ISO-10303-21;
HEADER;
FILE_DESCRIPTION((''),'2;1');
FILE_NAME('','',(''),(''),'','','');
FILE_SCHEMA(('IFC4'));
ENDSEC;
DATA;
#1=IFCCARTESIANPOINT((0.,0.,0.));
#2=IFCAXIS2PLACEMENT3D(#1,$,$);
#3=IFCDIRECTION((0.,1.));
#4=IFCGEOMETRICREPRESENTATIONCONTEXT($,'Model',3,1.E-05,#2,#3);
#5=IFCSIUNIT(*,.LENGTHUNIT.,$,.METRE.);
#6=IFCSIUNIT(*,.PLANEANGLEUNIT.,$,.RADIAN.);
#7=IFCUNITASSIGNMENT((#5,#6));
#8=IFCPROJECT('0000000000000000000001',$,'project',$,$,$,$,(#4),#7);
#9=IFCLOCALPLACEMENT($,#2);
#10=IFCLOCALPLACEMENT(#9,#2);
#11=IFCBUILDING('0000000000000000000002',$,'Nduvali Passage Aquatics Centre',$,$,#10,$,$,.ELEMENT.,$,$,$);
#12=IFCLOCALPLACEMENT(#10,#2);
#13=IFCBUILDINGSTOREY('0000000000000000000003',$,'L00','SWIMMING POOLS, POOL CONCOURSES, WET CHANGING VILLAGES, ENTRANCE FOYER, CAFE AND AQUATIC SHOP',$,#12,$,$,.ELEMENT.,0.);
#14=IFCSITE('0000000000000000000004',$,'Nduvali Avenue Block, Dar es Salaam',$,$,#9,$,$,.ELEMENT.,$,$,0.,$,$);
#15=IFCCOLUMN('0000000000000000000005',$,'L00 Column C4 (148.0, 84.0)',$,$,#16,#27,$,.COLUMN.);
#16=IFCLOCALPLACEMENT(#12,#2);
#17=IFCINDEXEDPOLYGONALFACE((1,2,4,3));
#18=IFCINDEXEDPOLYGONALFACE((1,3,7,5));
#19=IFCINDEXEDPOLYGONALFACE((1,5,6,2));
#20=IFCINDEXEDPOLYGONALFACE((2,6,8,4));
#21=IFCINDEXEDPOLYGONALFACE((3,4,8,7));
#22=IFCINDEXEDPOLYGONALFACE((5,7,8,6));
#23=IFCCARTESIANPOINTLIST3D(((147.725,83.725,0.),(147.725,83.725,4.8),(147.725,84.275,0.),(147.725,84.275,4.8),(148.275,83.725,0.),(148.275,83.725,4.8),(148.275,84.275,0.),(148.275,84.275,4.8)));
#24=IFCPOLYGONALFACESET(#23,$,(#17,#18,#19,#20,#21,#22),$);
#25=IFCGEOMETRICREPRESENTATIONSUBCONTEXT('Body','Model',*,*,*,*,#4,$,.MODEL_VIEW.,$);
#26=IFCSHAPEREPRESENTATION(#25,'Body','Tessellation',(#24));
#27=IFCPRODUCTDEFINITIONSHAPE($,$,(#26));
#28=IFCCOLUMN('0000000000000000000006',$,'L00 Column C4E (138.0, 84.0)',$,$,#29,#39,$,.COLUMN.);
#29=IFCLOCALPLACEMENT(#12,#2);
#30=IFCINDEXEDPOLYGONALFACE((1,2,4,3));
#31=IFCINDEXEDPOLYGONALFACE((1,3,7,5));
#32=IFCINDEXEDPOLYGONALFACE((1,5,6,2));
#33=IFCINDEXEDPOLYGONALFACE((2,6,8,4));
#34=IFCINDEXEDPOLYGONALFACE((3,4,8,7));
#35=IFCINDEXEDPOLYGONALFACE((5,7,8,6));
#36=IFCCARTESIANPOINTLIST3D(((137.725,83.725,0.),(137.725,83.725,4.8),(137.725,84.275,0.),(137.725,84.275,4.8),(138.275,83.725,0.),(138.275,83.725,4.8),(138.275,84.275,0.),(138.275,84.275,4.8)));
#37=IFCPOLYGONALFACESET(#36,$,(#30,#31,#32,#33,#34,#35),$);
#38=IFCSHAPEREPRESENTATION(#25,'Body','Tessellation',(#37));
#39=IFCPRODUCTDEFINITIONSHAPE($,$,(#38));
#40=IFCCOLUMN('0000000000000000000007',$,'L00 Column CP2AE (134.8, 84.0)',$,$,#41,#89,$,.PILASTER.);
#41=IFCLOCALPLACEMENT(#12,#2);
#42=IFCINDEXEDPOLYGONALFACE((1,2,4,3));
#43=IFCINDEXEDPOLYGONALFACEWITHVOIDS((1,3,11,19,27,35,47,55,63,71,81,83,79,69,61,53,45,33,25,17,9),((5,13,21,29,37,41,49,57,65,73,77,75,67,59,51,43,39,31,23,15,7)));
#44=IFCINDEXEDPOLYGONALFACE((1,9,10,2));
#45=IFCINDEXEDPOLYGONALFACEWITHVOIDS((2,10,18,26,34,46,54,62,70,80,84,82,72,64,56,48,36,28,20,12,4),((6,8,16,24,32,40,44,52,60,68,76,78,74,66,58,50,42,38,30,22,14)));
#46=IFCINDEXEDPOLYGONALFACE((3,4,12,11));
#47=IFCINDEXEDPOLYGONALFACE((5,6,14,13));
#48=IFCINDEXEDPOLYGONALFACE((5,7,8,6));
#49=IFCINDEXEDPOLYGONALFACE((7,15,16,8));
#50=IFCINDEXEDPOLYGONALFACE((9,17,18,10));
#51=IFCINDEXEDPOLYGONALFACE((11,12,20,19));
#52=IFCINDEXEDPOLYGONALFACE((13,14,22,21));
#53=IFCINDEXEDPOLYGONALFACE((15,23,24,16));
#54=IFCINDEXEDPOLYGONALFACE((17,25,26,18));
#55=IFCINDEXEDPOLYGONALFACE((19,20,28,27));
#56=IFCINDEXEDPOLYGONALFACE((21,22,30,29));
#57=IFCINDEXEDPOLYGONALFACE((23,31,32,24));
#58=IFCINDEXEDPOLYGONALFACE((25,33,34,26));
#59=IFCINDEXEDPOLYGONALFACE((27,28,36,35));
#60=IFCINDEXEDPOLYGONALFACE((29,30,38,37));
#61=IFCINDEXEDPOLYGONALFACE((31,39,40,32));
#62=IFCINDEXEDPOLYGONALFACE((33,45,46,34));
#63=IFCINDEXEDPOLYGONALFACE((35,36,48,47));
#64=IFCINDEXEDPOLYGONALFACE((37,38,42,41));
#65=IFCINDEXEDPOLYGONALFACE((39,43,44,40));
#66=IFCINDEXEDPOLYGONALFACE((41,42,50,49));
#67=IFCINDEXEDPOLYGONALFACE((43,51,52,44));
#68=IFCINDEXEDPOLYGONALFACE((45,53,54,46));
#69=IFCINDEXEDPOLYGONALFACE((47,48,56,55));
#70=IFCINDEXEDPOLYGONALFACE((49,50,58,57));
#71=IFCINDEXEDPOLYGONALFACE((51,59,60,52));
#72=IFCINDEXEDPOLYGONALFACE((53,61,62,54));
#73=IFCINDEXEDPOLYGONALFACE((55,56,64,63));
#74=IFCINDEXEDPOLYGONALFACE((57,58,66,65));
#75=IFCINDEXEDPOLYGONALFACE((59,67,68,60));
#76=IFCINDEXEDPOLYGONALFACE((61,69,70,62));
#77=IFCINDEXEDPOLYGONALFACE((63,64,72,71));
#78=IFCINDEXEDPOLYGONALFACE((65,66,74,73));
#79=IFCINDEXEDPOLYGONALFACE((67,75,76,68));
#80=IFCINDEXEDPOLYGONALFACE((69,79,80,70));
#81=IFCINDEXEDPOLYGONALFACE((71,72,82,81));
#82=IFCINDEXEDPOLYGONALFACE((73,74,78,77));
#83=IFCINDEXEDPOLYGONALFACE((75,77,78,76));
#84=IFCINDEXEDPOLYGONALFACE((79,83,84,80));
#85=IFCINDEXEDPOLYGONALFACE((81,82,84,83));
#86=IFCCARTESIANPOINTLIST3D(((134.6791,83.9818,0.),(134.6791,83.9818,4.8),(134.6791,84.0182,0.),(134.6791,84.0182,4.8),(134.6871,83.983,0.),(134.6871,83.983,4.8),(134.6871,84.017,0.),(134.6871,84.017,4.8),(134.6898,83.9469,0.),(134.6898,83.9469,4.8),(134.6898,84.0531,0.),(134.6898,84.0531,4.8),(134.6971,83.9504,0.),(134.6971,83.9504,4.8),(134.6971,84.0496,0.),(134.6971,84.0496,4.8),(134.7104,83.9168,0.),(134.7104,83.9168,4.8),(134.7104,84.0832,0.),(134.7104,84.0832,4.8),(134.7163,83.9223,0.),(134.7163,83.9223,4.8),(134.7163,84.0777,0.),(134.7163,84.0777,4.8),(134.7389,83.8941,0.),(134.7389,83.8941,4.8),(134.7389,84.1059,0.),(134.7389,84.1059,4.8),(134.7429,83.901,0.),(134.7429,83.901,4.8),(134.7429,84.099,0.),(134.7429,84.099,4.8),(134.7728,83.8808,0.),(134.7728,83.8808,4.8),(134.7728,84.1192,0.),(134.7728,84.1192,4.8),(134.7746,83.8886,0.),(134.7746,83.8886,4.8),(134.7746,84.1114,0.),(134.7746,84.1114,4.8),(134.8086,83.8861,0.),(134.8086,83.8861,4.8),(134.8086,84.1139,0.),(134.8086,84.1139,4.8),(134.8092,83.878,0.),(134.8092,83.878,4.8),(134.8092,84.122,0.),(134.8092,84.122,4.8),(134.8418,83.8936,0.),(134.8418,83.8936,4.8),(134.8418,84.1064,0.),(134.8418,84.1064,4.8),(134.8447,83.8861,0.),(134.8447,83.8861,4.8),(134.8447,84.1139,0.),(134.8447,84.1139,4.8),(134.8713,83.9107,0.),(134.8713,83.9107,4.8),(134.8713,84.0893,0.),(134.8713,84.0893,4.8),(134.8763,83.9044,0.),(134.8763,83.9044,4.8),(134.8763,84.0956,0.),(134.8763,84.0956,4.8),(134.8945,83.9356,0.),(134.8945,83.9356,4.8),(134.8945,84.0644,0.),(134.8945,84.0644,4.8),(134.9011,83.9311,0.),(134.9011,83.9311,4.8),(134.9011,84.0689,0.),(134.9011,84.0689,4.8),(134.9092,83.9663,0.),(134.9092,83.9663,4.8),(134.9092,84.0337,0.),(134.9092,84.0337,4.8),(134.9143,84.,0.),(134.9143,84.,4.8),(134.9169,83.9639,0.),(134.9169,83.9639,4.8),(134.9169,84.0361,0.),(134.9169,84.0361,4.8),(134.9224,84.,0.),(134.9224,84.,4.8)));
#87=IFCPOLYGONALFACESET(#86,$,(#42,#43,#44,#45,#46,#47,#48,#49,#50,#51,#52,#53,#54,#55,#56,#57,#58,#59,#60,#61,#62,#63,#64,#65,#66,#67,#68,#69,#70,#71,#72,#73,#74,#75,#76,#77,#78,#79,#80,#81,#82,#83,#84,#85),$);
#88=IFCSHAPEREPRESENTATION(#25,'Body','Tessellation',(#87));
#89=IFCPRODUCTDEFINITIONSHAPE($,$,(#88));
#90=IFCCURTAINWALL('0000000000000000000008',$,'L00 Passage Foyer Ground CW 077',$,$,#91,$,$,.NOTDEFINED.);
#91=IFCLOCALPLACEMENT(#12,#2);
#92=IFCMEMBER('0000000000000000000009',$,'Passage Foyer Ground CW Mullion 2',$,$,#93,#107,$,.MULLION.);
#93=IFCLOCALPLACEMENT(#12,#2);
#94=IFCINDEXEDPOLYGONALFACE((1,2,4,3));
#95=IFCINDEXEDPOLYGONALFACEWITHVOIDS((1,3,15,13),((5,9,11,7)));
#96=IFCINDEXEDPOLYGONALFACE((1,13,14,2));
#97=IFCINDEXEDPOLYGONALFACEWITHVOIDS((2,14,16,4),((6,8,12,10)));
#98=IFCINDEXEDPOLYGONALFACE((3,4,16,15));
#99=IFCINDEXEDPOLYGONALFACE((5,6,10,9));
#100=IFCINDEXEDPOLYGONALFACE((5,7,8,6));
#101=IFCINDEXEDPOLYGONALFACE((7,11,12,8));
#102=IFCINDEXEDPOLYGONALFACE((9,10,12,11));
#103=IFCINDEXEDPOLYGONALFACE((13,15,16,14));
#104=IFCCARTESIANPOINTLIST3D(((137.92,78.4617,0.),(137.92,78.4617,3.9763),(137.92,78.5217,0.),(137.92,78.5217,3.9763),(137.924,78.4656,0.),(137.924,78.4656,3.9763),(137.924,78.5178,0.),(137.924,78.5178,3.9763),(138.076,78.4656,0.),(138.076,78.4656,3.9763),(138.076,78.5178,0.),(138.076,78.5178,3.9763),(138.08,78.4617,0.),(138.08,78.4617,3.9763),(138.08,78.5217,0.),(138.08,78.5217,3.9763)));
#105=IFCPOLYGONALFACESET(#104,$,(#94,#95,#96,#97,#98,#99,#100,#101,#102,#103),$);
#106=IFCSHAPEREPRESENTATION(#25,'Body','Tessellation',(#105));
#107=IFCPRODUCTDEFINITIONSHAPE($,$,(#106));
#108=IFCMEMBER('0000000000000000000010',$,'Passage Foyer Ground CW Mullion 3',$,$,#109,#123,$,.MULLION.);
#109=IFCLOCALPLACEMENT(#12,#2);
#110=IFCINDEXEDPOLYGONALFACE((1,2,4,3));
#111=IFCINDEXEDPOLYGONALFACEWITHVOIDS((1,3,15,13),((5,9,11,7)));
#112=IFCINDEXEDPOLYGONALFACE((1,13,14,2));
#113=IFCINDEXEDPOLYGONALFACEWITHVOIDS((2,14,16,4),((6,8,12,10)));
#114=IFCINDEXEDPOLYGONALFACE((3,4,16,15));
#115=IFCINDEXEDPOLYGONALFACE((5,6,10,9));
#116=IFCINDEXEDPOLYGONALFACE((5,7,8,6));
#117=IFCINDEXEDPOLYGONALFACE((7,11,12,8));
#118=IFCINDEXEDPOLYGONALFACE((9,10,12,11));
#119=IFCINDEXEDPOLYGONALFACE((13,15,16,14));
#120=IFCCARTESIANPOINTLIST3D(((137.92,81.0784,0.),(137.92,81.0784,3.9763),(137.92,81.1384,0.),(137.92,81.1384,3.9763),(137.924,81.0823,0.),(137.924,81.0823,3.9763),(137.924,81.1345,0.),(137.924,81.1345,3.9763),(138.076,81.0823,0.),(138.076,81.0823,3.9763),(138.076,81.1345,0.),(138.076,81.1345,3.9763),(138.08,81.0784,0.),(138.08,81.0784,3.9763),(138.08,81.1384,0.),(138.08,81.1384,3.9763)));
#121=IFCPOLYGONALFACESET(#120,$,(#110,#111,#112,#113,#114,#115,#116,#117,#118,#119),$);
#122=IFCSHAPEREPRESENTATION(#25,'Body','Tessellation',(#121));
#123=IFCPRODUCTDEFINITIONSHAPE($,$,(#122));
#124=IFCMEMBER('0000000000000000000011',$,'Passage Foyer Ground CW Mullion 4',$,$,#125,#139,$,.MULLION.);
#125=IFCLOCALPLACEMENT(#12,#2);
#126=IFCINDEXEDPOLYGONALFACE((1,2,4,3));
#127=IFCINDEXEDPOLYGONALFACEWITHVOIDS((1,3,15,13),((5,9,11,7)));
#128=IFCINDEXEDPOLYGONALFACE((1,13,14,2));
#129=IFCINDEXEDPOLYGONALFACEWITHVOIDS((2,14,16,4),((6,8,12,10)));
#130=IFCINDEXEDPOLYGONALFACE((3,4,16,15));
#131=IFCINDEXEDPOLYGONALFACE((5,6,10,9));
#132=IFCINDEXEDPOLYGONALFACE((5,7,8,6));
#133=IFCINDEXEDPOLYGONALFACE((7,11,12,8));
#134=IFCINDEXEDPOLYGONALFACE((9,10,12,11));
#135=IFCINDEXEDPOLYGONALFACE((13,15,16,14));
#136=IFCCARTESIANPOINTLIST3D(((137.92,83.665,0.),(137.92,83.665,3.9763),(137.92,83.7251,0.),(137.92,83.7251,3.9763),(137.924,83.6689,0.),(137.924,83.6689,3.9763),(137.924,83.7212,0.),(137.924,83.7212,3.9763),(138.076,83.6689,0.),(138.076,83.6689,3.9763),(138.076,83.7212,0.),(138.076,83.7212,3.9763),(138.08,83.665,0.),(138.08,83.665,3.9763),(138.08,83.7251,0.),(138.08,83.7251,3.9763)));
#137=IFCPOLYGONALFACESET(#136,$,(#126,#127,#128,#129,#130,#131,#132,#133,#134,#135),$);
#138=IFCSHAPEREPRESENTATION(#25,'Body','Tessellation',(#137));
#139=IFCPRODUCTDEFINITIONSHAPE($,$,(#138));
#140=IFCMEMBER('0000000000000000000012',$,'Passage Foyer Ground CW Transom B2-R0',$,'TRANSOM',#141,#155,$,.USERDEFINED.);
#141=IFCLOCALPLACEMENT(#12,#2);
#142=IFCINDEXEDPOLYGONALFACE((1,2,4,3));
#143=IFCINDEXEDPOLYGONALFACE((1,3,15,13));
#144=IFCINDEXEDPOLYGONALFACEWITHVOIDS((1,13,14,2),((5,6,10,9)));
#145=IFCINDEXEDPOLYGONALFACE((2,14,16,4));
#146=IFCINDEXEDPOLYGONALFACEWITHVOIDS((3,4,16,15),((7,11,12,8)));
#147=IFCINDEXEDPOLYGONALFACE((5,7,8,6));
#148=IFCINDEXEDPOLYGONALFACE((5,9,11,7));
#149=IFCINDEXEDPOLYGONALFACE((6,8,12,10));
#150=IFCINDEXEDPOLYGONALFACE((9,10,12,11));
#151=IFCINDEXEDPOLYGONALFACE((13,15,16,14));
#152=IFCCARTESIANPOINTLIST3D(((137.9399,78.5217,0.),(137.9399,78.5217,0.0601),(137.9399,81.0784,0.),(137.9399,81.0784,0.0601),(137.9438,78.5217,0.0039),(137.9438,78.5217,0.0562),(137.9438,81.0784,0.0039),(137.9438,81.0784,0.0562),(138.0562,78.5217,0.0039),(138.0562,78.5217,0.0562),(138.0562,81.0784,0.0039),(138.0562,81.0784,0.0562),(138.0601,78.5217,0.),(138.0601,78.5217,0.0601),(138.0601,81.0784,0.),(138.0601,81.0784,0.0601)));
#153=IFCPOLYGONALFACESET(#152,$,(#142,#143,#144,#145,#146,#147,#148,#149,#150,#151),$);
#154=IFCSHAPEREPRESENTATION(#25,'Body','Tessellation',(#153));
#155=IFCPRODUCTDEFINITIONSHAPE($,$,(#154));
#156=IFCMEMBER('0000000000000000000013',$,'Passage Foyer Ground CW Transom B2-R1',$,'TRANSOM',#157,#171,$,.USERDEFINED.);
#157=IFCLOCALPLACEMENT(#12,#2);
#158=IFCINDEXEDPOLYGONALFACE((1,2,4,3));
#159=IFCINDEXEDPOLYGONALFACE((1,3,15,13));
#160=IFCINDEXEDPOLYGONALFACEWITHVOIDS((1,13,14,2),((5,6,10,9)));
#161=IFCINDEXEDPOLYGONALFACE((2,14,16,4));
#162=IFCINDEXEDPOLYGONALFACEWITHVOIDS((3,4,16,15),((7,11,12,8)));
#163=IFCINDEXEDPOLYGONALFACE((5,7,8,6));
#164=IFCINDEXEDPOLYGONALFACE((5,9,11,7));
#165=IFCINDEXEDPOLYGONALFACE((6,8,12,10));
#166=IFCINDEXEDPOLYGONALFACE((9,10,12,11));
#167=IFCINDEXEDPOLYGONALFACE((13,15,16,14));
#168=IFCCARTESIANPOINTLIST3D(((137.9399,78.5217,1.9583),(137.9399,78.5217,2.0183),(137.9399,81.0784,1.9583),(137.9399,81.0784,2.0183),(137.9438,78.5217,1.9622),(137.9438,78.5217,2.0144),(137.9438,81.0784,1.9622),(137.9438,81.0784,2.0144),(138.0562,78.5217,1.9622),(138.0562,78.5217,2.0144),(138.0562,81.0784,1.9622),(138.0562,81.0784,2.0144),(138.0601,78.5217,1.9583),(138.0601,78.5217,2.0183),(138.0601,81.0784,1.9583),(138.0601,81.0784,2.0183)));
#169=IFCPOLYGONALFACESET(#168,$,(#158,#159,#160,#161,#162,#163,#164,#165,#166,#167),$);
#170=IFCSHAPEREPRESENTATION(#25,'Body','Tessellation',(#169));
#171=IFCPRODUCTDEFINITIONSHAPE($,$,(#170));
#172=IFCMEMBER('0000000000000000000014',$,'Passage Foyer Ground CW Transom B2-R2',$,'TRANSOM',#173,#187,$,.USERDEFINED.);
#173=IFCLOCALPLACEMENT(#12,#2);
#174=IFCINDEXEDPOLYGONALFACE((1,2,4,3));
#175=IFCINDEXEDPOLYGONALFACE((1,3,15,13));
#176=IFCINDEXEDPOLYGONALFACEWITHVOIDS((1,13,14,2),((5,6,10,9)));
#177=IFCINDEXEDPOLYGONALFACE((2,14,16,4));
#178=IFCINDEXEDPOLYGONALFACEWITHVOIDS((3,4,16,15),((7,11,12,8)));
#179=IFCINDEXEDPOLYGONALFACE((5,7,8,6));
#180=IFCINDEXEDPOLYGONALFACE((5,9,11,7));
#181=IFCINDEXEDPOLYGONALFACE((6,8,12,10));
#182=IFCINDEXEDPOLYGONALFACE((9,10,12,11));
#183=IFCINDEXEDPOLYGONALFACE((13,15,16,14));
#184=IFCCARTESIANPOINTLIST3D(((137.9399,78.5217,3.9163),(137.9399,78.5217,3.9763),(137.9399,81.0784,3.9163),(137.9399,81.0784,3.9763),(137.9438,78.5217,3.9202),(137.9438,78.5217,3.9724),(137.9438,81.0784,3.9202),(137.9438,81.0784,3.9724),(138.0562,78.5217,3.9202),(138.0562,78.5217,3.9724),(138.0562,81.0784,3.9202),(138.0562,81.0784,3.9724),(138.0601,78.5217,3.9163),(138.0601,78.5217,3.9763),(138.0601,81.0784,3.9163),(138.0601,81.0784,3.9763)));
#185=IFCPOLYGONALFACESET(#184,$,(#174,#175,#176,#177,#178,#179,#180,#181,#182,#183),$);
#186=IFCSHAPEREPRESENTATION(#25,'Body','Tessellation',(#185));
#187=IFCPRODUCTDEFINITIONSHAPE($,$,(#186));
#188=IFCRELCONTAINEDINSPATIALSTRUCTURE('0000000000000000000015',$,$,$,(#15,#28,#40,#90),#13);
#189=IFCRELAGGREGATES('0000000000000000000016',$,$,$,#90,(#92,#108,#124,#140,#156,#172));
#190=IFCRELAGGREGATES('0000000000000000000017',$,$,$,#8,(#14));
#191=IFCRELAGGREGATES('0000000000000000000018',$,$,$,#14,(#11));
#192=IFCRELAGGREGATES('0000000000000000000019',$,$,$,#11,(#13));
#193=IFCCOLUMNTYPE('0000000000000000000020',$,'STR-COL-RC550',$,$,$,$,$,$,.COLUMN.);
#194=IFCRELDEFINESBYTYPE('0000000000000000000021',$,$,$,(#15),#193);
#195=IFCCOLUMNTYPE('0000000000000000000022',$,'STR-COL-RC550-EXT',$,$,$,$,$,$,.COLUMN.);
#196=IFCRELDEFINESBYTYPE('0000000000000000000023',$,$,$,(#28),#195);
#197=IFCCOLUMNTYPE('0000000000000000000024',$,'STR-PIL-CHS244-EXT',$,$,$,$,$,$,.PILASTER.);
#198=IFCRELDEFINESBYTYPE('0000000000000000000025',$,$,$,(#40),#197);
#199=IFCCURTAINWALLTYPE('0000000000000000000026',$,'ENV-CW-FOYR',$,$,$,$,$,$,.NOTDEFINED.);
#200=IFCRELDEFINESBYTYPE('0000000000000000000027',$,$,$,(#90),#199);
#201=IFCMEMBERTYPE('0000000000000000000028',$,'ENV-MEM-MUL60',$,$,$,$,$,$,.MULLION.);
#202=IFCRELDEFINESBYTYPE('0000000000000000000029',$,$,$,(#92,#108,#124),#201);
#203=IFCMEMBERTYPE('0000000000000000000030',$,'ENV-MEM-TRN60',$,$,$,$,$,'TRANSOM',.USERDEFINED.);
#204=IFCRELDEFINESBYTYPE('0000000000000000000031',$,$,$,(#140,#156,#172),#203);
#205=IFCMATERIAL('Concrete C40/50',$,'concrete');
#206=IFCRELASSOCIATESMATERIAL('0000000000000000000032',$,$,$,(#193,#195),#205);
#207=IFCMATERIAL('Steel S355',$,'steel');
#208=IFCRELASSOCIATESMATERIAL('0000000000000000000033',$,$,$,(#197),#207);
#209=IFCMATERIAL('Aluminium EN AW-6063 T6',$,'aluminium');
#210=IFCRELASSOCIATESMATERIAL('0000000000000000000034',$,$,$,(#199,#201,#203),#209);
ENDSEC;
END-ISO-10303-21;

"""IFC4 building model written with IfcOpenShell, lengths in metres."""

from ifc_helpers import new_model, si_unit, direction, frame, origin, origin_2d, place, context, subcontext, project, spatial, rectangle, hollow_rectangle, hollow_circle, extrude, material, material_profile, profile_set, type_object, element, aggregate, save


model = new_model("IFC4")

# Units and contexts
model_context = context("Model", 3, precision=1e-05, world=origin(), true_north=direction((0.0, 1.0)))
body_context = subcontext(model_context, "Body", "Model", "MODEL_VIEW")
ifc_project = project(units=[si_unit("LENGTHUNIT", "METRE"), si_unit("PLANEANGLEUNIT", "RADIAN")], contexts=[model_context])

# Site, building, storey
site_placement = place(None, origin())
site = spatial("IfcSite", under=ifc_project, at=site_placement, Name="Nduvali Avenue Block, Dar es Salaam", CompositionType="ELEMENT", RefElevation=0.0)
building_placement = place(site_placement, origin())
building = spatial("IfcBuilding", under=site, at=building_placement, Name="Nduvali Passage Aquatics Centre", CompositionType="ELEMENT")
storey_placement = place(building_placement, origin())
storey = spatial("IfcBuildingStorey", under=building, at=storey_placement, Name="L00", Description="SWIMMING POOLS, POOL CONCOURSES, WET CHANGING VILLAGES, ENTRANCE FOYER, CAFE AND AQUATIC SHOP", CompositionType="ELEMENT", Elevation=0.0)

# Columns
ifc_material_1 = material(Name="Concrete C40/50", Category="concrete")
ifc_material_profile_1 = material_profile(ifc_material_1, rectangle(XDim=0.55, YDim=0.55, at=origin_2d()), Name="RC 550x550")
ifc_profile_set_1 = profile_set([ifc_material_profile_1], Name="Concrete C40/50")
column_type_1 = type_object("IfcColumnType", Name="STR-COL-RC550", PredefinedType="COLUMN", material=ifc_profile_set_1)
column_1_placement = place(storey_placement, frame((148.0, 84.0, 0.0), z_axis=(0.0, 0.0, 1.0), x_axis=(1.0, 0.0, 0.0)))
element("IfcColumn", 1, at=column_1_placement, inside=storey, type_object=column_type_1, Name="L00 Column C4 (148.0, 84.0)", PredefinedType="COLUMN", context=body_context, shape_type="SweptSolid", body=[
    extrude(rectangle(XDim=0.55, YDim=0.55, at=origin_2d()), origin(), (0.0, 0.0, 1.0), 4.8),
])
ifc_material_profile_2 = material_profile(ifc_material_1, rectangle(XDim=0.55, YDim=0.55, at=origin_2d()), Name="RC 550x550")
ifc_profile_set_2 = profile_set([ifc_material_profile_2], Name="Concrete C40/50")
column_type_2 = type_object("IfcColumnType", Name="STR-COL-RC550-EXT", PredefinedType="COLUMN", material=ifc_profile_set_2)
column_2_placement = place(storey_placement, frame((138.0, 84.0, 0.0), z_axis=(0.0, 0.0, 1.0), x_axis=(1.0, 0.0, 0.0)))
element("IfcColumn", 2, at=column_2_placement, inside=storey, type_object=column_type_2, Name="L00 Column C4E (138.0, 84.0)", PredefinedType="COLUMN", context=body_context, shape_type="SweptSolid", body=[
    extrude(rectangle(XDim=0.55, YDim=0.55, at=origin_2d()), origin(), (0.0, 0.0, 1.0), 4.8),
])
ifc_material_2 = material(Name="Steel S355", Category="steel")
ifc_material_profile_3 = material_profile(ifc_material_2, hollow_circle(Radius=0.1223, WallThickness=0.0081, at=origin_2d()), Name="CHS 244.5x8.0")
ifc_profile_set_3 = profile_set([ifc_material_profile_3], Name="Steel S355")
column_type_3 = type_object("IfcColumnType", Name="STR-PIL-CHS244-EXT", PredefinedType="PILASTER", material=ifc_profile_set_3)
column_3_placement = place(storey_placement, frame((134.8, 84.0, 0.0), z_axis=(0.0, 0.0, 1.0), x_axis=(1.0, 0.0, 0.0)))
element("IfcColumn", 3, at=column_3_placement, inside=storey, type_object=column_type_3, Name="L00 Column CP2AE (134.8, 84.0)", PredefinedType="PILASTER", context=body_context, shape_type="SweptSolid", body=[
    extrude(hollow_circle(Radius=0.1223, WallThickness=0.0081, at=origin_2d()), origin(), (0.0, 0.0, 1.0), 4.8),
])

# Curtain wall, members
ifc_material_3 = material(Name="Aluminium EN AW-6063 T6", Category="aluminium")
curtain_wall_type = type_object("IfcCurtainWallType", Name="ENV-CW-FOYR", PredefinedType="NOTDEFINED", material=ifc_material_3)
curtain_wall_placement = place(storey_placement, origin())
curtain_wall = element("IfcCurtainWall", 4, at=curtain_wall_placement, inside=storey, type_object=curtain_wall_type, Name="L00 Passage Foyer Ground CW 077", PredefinedType="NOTDEFINED")
ifc_material_profile_4 = material_profile(ifc_material_3, hollow_rectangle(XDim=0.0601, YDim=0.1599, WallThickness=0.0039, at=origin_2d()), Name="ALU MULLION 60x160x4")
ifc_profile_set_4 = profile_set([ifc_material_profile_4], Name="Aluminium EN AW-6063 T6")
member_type_1 = type_object("IfcMemberType", Name="ENV-MEM-MUL60", PredefinedType="MULLION", material=ifc_profile_set_4)
member_1_placement = place(storey_placement, frame((138.0, 78.4917, 0.0), z_axis=(0.0, 0.0, 1.0), x_axis=(0.0, 1.0, 0.0)))
member_1 = element("IfcMember", 5, at=member_1_placement, type_object=member_type_1, Name="Passage Foyer Ground CW Mullion 2", PredefinedType="MULLION", context=body_context, shape_type="SweptSolid", body=[
    extrude(hollow_rectangle(XDim=0.0601, YDim=0.1599, WallThickness=0.0039, at=origin_2d()), origin(), (0.0, 0.0, 1.0), 3.9763),
])
member_2_placement = place(storey_placement, frame((138.0, 81.1084, 0.0), z_axis=(0.0, 0.0, 1.0), x_axis=(0.0, 1.0, 0.0)))
member_2 = element("IfcMember", 6, at=member_2_placement, type_object=member_type_1, Name="Passage Foyer Ground CW Mullion 3", PredefinedType="MULLION", context=body_context, shape_type="SweptSolid", body=[
    extrude(hollow_rectangle(XDim=0.0601, YDim=0.1599, WallThickness=0.0039, at=origin_2d()), origin(), (0.0, 0.0, 1.0), 3.9763),
])
member_3_placement = place(storey_placement, frame((138.0, 83.6951, 0.0), z_axis=(0.0, 0.0, 1.0), x_axis=(0.0, 1.0, 0.0)))
member_3 = element("IfcMember", 7, at=member_3_placement, type_object=member_type_1, Name="Passage Foyer Ground CW Mullion 4", PredefinedType="MULLION", context=body_context, shape_type="SweptSolid", body=[
    extrude(hollow_rectangle(XDim=0.0601, YDim=0.1599, WallThickness=0.0039, at=origin_2d()), origin(), (0.0, 0.0, 1.0), 3.9763),
])
ifc_material_profile_5 = material_profile(ifc_material_3, hollow_rectangle(XDim=0.1201, YDim=0.0601, WallThickness=0.0039, at=origin_2d()), Name="ALU TRANSOM 120x60x4")
ifc_profile_set_5 = profile_set([ifc_material_profile_5], Name="Aluminium EN AW-6063 T6")
member_type_2 = type_object("IfcMemberType", Name="ENV-MEM-TRN60", ElementType="TRANSOM", PredefinedType="USERDEFINED", material=ifc_profile_set_5)
member_4_placement = place(storey_placement, frame((138.0, 78.5217, 0.03), z_axis=(0.0, 1.0, 0.0), x_axis=(-1.0, 0.0, 0.0)))
member_4 = element("IfcMember", 8, at=member_4_placement, type_object=member_type_2, Name="Passage Foyer Ground CW Transom B2-R0", ObjectType="TRANSOM", PredefinedType="USERDEFINED", context=body_context, shape_type="SweptSolid", body=[
    extrude(hollow_rectangle(XDim=0.1201, YDim=0.0601, WallThickness=0.0039, at=origin_2d()), origin(), (0.0, 0.0, 1.0), 2.5566),
])
member_5_placement = place(storey_placement, frame((138.0, 78.5217, 1.9883), z_axis=(0.0, 1.0, 0.0), x_axis=(-1.0, 0.0, 0.0)))
member_5 = element("IfcMember", 9, at=member_5_placement, type_object=member_type_2, Name="Passage Foyer Ground CW Transom B2-R1", ObjectType="TRANSOM", PredefinedType="USERDEFINED", context=body_context, shape_type="SweptSolid", body=[
    extrude(hollow_rectangle(XDim=0.1201, YDim=0.0601, WallThickness=0.0039, at=origin_2d()), origin(), (0.0, 0.0, 1.0), 2.5566),
])
member_6_placement = place(storey_placement, frame((138.0, 78.5217, 3.9463), z_axis=(0.0, 1.0, 0.0), x_axis=(-1.0, 0.0, 0.0)))
member_6 = element("IfcMember", 10, at=member_6_placement, type_object=member_type_2, Name="Passage Foyer Ground CW Transom B2-R2", ObjectType="TRANSOM", PredefinedType="USERDEFINED", context=body_context, shape_type="SweptSolid", body=[
    extrude(hollow_rectangle(XDim=0.1201, YDim=0.0601, WallThickness=0.0039, at=origin_2d()), origin(), (0.0, 0.0, 1.0), 2.5566),
])

aggregate(curtain_wall, [member_1, member_2, member_3, member_4, member_5, member_6])

save(model, "model.ifc")
